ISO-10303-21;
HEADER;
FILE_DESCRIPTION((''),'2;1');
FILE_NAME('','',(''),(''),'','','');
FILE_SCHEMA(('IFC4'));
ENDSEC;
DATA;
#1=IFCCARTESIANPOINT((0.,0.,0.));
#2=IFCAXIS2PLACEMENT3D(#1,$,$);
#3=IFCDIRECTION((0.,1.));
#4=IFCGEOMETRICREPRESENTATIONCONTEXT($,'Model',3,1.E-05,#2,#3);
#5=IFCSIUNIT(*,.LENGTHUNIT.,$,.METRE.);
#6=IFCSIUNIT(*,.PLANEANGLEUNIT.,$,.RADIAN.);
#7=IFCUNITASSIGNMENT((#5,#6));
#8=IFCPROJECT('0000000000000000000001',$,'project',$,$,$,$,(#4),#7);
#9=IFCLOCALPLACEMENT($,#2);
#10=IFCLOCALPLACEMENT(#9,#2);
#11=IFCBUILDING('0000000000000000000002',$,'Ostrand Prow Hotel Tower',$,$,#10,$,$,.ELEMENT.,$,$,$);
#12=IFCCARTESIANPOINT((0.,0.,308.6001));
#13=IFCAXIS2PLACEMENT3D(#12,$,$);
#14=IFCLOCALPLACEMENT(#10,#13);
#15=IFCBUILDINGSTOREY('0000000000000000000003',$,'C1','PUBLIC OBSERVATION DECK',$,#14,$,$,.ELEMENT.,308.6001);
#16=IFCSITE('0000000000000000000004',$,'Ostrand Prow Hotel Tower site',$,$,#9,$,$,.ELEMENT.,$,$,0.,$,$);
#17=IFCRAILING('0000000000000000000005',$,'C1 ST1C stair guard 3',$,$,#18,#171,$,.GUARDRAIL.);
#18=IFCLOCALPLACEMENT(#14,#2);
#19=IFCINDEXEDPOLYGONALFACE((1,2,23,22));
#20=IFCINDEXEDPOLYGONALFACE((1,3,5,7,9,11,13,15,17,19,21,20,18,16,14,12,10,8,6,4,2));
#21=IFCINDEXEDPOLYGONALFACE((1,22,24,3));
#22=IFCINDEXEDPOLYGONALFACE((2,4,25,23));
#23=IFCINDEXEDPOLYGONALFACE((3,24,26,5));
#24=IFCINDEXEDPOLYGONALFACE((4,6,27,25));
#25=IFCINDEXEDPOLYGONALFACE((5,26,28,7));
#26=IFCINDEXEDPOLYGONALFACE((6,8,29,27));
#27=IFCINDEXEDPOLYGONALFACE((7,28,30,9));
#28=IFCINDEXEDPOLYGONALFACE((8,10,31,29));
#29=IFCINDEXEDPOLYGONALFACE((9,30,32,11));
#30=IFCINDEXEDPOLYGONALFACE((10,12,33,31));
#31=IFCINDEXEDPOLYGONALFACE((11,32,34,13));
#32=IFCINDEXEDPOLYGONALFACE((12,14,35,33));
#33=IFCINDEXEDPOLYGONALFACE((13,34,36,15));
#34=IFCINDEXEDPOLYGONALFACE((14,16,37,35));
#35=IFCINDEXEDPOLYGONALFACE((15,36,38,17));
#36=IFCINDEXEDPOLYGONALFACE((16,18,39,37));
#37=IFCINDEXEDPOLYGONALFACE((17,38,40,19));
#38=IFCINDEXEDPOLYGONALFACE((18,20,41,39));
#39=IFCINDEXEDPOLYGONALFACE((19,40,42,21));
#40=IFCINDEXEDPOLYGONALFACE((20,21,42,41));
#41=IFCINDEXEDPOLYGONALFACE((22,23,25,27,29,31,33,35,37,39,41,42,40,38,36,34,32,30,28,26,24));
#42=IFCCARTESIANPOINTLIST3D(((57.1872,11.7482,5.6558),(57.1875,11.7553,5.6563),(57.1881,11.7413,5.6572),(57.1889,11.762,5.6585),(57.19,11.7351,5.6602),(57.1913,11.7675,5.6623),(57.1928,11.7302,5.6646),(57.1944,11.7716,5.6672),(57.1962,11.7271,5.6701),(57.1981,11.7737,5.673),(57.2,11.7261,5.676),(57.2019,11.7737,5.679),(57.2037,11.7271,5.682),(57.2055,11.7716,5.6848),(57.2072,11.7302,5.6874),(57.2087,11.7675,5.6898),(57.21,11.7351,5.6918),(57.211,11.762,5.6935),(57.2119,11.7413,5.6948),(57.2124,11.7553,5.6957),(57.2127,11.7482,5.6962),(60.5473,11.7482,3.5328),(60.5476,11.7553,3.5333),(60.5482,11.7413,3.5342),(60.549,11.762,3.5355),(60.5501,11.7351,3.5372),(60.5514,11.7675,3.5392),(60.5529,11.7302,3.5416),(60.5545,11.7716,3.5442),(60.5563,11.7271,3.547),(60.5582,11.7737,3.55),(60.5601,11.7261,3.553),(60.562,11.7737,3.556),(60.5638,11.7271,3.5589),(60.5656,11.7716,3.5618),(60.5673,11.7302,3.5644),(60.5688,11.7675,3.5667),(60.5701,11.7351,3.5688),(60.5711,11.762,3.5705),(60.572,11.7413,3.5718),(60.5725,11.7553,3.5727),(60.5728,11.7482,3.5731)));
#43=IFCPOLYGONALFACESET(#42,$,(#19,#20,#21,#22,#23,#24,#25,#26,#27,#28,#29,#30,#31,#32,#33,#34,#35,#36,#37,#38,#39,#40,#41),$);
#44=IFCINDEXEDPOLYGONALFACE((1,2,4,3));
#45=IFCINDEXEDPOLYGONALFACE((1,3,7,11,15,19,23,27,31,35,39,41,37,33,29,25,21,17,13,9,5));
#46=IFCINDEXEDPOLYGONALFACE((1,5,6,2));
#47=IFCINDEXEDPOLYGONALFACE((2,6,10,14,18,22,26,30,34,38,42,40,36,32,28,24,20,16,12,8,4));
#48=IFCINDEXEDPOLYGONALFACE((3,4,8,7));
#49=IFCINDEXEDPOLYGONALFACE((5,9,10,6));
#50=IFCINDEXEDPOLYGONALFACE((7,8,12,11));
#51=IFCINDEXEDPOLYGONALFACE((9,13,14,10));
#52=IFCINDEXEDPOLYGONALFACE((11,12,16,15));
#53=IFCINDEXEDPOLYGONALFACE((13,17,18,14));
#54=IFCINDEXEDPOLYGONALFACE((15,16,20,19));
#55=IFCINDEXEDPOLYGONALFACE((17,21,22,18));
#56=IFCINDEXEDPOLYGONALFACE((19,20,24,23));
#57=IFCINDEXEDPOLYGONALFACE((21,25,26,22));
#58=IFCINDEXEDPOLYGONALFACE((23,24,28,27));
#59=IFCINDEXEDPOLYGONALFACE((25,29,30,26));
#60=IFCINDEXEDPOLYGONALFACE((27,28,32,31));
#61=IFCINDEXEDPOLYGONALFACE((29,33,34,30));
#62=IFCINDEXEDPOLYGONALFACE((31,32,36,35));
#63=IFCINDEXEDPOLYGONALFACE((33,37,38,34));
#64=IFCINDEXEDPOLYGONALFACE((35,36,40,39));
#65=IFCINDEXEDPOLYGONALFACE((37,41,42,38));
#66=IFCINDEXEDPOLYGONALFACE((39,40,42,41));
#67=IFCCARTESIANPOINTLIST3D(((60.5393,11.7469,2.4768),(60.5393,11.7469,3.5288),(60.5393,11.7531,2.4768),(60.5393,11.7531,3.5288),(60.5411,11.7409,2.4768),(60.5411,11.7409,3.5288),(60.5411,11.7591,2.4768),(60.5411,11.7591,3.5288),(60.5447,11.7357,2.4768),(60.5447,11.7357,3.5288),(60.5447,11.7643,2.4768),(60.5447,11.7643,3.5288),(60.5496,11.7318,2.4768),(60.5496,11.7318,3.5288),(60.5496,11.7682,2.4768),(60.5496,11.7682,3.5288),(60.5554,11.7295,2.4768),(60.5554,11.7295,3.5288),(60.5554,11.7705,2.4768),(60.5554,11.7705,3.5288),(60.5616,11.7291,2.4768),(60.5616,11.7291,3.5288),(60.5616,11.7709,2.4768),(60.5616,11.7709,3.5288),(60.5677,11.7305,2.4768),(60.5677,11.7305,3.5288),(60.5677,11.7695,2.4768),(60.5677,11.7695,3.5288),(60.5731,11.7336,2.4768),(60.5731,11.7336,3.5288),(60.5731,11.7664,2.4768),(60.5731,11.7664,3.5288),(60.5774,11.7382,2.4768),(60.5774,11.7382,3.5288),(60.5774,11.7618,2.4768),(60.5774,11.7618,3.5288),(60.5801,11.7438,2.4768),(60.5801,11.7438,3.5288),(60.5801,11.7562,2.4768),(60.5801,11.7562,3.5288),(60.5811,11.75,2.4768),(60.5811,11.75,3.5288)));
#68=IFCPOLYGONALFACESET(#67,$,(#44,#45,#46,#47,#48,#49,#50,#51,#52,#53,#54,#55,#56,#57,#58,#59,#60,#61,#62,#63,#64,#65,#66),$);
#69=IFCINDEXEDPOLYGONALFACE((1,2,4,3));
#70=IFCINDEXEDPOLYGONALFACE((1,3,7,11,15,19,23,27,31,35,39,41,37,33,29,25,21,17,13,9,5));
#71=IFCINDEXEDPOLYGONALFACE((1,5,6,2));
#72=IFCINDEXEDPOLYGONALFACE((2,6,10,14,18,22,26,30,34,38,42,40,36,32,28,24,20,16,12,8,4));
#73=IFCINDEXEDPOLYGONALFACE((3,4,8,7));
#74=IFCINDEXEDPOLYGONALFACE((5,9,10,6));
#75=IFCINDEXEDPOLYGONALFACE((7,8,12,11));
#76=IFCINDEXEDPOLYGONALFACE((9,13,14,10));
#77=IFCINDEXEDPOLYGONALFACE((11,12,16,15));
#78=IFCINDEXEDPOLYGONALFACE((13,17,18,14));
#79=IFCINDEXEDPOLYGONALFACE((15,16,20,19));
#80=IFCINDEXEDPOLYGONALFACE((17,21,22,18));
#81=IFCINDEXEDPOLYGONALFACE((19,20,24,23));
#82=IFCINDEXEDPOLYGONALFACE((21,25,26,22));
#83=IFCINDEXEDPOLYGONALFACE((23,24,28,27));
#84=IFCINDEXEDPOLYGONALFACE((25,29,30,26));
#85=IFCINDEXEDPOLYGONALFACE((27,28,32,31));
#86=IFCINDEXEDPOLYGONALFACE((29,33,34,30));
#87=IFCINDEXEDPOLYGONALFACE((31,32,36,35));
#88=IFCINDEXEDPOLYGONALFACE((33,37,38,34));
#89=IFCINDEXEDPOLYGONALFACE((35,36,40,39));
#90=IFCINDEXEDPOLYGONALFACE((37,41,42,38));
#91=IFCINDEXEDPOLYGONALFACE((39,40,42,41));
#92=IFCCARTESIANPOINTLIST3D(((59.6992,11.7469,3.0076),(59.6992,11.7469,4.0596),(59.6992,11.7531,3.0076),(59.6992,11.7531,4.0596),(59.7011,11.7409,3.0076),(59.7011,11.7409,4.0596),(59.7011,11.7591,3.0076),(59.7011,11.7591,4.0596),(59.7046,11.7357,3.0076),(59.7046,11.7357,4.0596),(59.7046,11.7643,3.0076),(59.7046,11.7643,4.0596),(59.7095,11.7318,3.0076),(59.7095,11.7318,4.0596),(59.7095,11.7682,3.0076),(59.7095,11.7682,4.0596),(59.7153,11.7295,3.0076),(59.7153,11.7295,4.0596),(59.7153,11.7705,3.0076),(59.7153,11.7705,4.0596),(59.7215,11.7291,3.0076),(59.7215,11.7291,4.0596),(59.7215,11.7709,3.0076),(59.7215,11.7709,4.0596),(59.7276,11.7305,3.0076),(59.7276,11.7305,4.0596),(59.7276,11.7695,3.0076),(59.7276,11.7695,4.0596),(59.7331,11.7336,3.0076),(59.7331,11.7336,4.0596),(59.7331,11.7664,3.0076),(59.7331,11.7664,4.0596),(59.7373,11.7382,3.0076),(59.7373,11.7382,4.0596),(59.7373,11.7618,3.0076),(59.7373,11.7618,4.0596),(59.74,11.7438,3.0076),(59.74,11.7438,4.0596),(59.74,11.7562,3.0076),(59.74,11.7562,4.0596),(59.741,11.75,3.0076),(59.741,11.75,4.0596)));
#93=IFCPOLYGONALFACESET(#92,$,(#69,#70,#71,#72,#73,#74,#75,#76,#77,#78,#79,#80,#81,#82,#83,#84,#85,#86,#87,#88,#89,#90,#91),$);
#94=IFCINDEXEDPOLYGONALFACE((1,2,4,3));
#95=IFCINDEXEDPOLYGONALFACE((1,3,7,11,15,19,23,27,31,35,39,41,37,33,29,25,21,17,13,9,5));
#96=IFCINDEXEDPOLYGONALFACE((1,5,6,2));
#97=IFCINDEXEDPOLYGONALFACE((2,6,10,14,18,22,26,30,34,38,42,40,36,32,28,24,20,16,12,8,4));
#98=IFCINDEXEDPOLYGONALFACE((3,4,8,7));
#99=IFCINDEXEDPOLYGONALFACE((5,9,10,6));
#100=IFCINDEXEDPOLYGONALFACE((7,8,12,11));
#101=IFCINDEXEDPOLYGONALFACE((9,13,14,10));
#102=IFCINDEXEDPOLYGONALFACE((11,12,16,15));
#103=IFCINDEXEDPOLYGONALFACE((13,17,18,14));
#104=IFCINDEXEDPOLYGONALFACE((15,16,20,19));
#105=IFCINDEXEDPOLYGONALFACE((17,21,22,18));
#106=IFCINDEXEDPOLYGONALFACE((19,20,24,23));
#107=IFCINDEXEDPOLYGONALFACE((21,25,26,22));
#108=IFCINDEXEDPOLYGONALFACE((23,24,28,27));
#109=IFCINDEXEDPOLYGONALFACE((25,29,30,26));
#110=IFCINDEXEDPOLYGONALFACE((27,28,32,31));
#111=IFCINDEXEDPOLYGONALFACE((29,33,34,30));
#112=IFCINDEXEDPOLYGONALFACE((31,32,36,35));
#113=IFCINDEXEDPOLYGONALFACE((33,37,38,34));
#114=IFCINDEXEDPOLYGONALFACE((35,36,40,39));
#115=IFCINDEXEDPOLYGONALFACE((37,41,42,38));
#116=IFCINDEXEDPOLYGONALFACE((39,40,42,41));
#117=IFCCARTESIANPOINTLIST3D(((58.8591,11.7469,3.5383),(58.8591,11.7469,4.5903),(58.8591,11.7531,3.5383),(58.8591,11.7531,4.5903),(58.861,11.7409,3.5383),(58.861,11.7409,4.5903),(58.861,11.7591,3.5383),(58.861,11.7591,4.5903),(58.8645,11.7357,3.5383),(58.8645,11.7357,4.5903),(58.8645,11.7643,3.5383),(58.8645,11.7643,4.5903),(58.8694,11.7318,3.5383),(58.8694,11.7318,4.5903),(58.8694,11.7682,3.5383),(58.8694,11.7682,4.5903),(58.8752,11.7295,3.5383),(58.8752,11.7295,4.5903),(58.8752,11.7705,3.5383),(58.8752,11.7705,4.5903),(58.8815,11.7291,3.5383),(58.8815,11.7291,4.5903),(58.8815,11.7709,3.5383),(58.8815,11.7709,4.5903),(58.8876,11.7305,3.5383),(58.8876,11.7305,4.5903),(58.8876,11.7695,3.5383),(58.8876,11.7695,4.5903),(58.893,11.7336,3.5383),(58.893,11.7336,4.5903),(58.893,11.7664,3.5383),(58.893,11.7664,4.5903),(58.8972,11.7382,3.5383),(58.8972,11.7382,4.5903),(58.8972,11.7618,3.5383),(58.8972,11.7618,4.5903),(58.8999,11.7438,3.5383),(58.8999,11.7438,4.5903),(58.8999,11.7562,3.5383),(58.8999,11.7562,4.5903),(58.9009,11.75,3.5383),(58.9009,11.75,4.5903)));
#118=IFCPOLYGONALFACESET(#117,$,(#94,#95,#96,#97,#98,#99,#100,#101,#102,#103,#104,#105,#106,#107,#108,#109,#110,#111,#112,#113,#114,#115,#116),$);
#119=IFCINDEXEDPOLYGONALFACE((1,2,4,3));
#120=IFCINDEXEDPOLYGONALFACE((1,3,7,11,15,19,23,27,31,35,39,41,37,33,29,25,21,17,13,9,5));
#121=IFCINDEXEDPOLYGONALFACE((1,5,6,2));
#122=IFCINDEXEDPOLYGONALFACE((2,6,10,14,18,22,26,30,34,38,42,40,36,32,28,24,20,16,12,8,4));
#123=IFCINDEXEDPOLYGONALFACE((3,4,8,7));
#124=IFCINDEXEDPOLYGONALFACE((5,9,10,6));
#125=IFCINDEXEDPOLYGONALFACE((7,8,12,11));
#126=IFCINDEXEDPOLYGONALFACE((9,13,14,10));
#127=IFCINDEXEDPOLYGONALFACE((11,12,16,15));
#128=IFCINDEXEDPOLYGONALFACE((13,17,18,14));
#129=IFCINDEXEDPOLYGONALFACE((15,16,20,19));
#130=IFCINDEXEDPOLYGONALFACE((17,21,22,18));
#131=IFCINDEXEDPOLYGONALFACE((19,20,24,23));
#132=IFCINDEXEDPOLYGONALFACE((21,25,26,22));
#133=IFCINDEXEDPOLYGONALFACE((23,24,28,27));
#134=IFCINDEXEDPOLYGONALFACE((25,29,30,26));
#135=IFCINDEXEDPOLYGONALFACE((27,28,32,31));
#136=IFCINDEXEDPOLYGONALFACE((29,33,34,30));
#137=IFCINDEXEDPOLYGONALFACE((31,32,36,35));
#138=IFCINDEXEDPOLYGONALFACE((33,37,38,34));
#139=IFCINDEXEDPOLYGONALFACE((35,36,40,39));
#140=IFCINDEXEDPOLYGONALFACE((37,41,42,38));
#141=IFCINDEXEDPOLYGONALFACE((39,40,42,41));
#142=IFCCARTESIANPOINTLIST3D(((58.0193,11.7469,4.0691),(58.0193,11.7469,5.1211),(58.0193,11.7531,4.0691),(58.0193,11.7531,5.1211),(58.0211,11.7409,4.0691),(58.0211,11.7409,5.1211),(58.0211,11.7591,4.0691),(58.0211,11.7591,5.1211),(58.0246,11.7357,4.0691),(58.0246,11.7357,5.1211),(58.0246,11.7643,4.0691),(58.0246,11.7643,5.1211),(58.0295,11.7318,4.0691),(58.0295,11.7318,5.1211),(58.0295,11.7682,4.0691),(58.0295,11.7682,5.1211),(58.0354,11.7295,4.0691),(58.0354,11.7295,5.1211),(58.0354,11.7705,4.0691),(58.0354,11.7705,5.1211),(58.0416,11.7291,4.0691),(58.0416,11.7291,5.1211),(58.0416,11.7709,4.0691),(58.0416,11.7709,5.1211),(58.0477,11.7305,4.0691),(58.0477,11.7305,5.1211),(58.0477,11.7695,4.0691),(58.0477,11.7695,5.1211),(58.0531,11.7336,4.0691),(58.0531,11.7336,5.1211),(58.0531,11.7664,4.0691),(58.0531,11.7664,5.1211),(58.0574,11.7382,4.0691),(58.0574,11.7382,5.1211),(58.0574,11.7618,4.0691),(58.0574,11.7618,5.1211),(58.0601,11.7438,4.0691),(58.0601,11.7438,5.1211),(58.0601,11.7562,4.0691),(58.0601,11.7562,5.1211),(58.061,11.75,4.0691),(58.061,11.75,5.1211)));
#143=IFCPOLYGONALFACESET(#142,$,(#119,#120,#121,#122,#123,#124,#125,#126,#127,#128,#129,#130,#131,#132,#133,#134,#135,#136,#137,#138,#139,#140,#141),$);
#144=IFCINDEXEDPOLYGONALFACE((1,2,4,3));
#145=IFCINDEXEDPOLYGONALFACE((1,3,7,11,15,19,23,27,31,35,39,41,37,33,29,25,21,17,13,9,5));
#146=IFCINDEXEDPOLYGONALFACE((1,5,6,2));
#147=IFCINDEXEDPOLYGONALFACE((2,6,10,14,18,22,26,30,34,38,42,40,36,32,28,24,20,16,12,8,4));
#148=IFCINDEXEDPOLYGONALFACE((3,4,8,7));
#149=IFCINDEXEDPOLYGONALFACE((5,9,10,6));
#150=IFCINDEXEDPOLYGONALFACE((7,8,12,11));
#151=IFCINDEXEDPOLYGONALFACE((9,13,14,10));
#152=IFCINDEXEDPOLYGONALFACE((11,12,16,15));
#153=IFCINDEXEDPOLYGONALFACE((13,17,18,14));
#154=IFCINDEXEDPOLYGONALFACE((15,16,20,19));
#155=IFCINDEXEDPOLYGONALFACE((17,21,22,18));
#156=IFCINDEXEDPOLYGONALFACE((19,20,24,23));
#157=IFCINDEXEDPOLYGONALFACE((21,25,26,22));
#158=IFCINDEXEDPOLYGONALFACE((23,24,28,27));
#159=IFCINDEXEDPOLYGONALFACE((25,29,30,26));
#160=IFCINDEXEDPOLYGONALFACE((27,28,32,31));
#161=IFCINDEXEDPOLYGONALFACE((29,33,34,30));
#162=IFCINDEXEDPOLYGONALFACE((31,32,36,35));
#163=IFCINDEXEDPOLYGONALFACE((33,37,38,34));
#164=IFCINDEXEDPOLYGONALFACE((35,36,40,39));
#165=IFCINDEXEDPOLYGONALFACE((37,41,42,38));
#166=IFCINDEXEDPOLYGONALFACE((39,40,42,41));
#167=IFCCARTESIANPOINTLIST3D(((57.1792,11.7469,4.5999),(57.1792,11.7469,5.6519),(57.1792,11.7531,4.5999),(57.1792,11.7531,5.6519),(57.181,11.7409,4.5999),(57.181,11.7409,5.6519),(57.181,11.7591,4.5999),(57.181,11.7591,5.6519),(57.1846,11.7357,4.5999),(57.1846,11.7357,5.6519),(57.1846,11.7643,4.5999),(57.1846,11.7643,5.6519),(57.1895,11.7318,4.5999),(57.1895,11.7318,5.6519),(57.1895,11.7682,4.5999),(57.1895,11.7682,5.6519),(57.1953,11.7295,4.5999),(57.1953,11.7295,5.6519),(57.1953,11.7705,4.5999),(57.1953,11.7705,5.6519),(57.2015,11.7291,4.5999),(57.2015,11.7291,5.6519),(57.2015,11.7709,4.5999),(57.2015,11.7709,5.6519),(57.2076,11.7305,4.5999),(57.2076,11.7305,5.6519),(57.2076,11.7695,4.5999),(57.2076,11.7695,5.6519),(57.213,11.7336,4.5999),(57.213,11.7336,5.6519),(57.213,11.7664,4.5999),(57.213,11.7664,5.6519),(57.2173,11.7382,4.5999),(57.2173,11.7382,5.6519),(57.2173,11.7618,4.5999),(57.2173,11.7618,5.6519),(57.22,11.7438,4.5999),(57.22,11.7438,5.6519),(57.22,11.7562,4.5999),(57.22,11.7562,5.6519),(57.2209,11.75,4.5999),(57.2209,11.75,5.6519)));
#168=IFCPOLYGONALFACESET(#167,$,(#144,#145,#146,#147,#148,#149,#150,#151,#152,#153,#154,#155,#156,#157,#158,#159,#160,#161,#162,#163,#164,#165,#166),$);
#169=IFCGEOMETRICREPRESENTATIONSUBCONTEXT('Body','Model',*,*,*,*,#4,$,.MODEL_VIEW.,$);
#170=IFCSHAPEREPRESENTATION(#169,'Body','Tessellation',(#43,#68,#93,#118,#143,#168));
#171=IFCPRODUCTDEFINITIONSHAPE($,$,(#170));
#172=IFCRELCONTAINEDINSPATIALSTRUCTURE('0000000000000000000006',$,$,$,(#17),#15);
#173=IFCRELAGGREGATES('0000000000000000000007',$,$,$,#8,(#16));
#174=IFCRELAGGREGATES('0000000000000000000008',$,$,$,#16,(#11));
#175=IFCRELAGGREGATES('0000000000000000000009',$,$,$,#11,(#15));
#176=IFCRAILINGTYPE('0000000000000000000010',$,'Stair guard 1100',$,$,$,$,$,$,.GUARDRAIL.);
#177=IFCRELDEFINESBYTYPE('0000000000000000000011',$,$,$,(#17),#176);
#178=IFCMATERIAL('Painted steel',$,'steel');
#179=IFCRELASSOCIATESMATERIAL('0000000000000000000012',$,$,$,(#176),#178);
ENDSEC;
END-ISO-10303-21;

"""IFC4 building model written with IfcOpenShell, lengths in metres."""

from ifc_helpers import new_model, si_unit, direction, frame, origin, origin_2d, place, context, subcontext, project, spatial, circle, extrude, material, type_object, element, save


model = new_model("IFC4")

# Units and contexts
model_context = context("Model", 3, precision=1e-05, world=origin(), true_north=direction((0.0, 1.0)))
body_context = subcontext(model_context, "Body", "Model", "MODEL_VIEW")
ifc_project = project(units=[si_unit("LENGTHUNIT", "METRE"), si_unit("PLANEANGLEUNIT", "RADIAN")], contexts=[model_context])

# Site, building, storey
site_placement = place(None, origin())
site = spatial("IfcSite", under=ifc_project, at=site_placement, Name="Ostrand Prow Hotel Tower site", CompositionType="ELEMENT", RefElevation=0.0)
building_placement = place(site_placement, origin())
building = spatial("IfcBuilding", under=site, at=building_placement, Name="Ostrand Prow Hotel Tower", CompositionType="ELEMENT")
storey_placement = place(building_placement, frame((0.0, 0.0, 308.6001)))
storey = spatial("IfcBuildingStorey", under=building, at=storey_placement, Name="C1", Description="PUBLIC OBSERVATION DECK", CompositionType="ELEMENT", Elevation=308.6001)

# Railing
ifc_material_1 = material(Name="Painted steel", Category="steel")
railing_type_1 = type_object("IfcRailingType", Name="Stair guard 1100", PredefinedType="GUARDRAIL", material=ifc_material_1)
railing_1_placement = place(storey_placement, frame((60.5601, 11.75, 2.4768)))
element("IfcRailing", 1, at=railing_1_placement, inside=storey, type_object=railing_type_1, Name="C1 ST1C stair guard 3", PredefinedType="GUARDRAIL", context=body_context, shape_type="SweptSolid", body=[
    extrude(circle(Radius=0.0239, at=origin_2d()), frame((0.0, 0.0, 1.0762), z_axis=(-0.84539, 0.0, 0.53415), x_axis=(0.0, -1.0, 0.0)), (0.0, 0.0, 1.0), 3.9746),
    extrude(circle(Radius=0.021, at=origin_2d()), origin(), (0.0, 0.0, 1.0), 1.052),
    extrude(circle(Radius=0.021, at=origin_2d()), frame((-0.8401, 0.0, 0.5308)), (0.0, 0.0, 1.0), 1.052),
    extrude(circle(Radius=0.021, at=origin_2d()), frame((-1.6802, 0.0, 1.0615)), (0.0, 0.0, 1.0), 1.052),
    extrude(circle(Radius=0.021, at=origin_2d()), frame((-2.52, 0.0, 1.5923)), (0.0, 0.0, 1.0), 1.052),
    extrude(circle(Radius=0.021, at=origin_2d()), frame((-3.3601, 0.0, 2.123)), (0.0, 0.0, 1.0), 1.052),
])

save(model, "model.ifc")
